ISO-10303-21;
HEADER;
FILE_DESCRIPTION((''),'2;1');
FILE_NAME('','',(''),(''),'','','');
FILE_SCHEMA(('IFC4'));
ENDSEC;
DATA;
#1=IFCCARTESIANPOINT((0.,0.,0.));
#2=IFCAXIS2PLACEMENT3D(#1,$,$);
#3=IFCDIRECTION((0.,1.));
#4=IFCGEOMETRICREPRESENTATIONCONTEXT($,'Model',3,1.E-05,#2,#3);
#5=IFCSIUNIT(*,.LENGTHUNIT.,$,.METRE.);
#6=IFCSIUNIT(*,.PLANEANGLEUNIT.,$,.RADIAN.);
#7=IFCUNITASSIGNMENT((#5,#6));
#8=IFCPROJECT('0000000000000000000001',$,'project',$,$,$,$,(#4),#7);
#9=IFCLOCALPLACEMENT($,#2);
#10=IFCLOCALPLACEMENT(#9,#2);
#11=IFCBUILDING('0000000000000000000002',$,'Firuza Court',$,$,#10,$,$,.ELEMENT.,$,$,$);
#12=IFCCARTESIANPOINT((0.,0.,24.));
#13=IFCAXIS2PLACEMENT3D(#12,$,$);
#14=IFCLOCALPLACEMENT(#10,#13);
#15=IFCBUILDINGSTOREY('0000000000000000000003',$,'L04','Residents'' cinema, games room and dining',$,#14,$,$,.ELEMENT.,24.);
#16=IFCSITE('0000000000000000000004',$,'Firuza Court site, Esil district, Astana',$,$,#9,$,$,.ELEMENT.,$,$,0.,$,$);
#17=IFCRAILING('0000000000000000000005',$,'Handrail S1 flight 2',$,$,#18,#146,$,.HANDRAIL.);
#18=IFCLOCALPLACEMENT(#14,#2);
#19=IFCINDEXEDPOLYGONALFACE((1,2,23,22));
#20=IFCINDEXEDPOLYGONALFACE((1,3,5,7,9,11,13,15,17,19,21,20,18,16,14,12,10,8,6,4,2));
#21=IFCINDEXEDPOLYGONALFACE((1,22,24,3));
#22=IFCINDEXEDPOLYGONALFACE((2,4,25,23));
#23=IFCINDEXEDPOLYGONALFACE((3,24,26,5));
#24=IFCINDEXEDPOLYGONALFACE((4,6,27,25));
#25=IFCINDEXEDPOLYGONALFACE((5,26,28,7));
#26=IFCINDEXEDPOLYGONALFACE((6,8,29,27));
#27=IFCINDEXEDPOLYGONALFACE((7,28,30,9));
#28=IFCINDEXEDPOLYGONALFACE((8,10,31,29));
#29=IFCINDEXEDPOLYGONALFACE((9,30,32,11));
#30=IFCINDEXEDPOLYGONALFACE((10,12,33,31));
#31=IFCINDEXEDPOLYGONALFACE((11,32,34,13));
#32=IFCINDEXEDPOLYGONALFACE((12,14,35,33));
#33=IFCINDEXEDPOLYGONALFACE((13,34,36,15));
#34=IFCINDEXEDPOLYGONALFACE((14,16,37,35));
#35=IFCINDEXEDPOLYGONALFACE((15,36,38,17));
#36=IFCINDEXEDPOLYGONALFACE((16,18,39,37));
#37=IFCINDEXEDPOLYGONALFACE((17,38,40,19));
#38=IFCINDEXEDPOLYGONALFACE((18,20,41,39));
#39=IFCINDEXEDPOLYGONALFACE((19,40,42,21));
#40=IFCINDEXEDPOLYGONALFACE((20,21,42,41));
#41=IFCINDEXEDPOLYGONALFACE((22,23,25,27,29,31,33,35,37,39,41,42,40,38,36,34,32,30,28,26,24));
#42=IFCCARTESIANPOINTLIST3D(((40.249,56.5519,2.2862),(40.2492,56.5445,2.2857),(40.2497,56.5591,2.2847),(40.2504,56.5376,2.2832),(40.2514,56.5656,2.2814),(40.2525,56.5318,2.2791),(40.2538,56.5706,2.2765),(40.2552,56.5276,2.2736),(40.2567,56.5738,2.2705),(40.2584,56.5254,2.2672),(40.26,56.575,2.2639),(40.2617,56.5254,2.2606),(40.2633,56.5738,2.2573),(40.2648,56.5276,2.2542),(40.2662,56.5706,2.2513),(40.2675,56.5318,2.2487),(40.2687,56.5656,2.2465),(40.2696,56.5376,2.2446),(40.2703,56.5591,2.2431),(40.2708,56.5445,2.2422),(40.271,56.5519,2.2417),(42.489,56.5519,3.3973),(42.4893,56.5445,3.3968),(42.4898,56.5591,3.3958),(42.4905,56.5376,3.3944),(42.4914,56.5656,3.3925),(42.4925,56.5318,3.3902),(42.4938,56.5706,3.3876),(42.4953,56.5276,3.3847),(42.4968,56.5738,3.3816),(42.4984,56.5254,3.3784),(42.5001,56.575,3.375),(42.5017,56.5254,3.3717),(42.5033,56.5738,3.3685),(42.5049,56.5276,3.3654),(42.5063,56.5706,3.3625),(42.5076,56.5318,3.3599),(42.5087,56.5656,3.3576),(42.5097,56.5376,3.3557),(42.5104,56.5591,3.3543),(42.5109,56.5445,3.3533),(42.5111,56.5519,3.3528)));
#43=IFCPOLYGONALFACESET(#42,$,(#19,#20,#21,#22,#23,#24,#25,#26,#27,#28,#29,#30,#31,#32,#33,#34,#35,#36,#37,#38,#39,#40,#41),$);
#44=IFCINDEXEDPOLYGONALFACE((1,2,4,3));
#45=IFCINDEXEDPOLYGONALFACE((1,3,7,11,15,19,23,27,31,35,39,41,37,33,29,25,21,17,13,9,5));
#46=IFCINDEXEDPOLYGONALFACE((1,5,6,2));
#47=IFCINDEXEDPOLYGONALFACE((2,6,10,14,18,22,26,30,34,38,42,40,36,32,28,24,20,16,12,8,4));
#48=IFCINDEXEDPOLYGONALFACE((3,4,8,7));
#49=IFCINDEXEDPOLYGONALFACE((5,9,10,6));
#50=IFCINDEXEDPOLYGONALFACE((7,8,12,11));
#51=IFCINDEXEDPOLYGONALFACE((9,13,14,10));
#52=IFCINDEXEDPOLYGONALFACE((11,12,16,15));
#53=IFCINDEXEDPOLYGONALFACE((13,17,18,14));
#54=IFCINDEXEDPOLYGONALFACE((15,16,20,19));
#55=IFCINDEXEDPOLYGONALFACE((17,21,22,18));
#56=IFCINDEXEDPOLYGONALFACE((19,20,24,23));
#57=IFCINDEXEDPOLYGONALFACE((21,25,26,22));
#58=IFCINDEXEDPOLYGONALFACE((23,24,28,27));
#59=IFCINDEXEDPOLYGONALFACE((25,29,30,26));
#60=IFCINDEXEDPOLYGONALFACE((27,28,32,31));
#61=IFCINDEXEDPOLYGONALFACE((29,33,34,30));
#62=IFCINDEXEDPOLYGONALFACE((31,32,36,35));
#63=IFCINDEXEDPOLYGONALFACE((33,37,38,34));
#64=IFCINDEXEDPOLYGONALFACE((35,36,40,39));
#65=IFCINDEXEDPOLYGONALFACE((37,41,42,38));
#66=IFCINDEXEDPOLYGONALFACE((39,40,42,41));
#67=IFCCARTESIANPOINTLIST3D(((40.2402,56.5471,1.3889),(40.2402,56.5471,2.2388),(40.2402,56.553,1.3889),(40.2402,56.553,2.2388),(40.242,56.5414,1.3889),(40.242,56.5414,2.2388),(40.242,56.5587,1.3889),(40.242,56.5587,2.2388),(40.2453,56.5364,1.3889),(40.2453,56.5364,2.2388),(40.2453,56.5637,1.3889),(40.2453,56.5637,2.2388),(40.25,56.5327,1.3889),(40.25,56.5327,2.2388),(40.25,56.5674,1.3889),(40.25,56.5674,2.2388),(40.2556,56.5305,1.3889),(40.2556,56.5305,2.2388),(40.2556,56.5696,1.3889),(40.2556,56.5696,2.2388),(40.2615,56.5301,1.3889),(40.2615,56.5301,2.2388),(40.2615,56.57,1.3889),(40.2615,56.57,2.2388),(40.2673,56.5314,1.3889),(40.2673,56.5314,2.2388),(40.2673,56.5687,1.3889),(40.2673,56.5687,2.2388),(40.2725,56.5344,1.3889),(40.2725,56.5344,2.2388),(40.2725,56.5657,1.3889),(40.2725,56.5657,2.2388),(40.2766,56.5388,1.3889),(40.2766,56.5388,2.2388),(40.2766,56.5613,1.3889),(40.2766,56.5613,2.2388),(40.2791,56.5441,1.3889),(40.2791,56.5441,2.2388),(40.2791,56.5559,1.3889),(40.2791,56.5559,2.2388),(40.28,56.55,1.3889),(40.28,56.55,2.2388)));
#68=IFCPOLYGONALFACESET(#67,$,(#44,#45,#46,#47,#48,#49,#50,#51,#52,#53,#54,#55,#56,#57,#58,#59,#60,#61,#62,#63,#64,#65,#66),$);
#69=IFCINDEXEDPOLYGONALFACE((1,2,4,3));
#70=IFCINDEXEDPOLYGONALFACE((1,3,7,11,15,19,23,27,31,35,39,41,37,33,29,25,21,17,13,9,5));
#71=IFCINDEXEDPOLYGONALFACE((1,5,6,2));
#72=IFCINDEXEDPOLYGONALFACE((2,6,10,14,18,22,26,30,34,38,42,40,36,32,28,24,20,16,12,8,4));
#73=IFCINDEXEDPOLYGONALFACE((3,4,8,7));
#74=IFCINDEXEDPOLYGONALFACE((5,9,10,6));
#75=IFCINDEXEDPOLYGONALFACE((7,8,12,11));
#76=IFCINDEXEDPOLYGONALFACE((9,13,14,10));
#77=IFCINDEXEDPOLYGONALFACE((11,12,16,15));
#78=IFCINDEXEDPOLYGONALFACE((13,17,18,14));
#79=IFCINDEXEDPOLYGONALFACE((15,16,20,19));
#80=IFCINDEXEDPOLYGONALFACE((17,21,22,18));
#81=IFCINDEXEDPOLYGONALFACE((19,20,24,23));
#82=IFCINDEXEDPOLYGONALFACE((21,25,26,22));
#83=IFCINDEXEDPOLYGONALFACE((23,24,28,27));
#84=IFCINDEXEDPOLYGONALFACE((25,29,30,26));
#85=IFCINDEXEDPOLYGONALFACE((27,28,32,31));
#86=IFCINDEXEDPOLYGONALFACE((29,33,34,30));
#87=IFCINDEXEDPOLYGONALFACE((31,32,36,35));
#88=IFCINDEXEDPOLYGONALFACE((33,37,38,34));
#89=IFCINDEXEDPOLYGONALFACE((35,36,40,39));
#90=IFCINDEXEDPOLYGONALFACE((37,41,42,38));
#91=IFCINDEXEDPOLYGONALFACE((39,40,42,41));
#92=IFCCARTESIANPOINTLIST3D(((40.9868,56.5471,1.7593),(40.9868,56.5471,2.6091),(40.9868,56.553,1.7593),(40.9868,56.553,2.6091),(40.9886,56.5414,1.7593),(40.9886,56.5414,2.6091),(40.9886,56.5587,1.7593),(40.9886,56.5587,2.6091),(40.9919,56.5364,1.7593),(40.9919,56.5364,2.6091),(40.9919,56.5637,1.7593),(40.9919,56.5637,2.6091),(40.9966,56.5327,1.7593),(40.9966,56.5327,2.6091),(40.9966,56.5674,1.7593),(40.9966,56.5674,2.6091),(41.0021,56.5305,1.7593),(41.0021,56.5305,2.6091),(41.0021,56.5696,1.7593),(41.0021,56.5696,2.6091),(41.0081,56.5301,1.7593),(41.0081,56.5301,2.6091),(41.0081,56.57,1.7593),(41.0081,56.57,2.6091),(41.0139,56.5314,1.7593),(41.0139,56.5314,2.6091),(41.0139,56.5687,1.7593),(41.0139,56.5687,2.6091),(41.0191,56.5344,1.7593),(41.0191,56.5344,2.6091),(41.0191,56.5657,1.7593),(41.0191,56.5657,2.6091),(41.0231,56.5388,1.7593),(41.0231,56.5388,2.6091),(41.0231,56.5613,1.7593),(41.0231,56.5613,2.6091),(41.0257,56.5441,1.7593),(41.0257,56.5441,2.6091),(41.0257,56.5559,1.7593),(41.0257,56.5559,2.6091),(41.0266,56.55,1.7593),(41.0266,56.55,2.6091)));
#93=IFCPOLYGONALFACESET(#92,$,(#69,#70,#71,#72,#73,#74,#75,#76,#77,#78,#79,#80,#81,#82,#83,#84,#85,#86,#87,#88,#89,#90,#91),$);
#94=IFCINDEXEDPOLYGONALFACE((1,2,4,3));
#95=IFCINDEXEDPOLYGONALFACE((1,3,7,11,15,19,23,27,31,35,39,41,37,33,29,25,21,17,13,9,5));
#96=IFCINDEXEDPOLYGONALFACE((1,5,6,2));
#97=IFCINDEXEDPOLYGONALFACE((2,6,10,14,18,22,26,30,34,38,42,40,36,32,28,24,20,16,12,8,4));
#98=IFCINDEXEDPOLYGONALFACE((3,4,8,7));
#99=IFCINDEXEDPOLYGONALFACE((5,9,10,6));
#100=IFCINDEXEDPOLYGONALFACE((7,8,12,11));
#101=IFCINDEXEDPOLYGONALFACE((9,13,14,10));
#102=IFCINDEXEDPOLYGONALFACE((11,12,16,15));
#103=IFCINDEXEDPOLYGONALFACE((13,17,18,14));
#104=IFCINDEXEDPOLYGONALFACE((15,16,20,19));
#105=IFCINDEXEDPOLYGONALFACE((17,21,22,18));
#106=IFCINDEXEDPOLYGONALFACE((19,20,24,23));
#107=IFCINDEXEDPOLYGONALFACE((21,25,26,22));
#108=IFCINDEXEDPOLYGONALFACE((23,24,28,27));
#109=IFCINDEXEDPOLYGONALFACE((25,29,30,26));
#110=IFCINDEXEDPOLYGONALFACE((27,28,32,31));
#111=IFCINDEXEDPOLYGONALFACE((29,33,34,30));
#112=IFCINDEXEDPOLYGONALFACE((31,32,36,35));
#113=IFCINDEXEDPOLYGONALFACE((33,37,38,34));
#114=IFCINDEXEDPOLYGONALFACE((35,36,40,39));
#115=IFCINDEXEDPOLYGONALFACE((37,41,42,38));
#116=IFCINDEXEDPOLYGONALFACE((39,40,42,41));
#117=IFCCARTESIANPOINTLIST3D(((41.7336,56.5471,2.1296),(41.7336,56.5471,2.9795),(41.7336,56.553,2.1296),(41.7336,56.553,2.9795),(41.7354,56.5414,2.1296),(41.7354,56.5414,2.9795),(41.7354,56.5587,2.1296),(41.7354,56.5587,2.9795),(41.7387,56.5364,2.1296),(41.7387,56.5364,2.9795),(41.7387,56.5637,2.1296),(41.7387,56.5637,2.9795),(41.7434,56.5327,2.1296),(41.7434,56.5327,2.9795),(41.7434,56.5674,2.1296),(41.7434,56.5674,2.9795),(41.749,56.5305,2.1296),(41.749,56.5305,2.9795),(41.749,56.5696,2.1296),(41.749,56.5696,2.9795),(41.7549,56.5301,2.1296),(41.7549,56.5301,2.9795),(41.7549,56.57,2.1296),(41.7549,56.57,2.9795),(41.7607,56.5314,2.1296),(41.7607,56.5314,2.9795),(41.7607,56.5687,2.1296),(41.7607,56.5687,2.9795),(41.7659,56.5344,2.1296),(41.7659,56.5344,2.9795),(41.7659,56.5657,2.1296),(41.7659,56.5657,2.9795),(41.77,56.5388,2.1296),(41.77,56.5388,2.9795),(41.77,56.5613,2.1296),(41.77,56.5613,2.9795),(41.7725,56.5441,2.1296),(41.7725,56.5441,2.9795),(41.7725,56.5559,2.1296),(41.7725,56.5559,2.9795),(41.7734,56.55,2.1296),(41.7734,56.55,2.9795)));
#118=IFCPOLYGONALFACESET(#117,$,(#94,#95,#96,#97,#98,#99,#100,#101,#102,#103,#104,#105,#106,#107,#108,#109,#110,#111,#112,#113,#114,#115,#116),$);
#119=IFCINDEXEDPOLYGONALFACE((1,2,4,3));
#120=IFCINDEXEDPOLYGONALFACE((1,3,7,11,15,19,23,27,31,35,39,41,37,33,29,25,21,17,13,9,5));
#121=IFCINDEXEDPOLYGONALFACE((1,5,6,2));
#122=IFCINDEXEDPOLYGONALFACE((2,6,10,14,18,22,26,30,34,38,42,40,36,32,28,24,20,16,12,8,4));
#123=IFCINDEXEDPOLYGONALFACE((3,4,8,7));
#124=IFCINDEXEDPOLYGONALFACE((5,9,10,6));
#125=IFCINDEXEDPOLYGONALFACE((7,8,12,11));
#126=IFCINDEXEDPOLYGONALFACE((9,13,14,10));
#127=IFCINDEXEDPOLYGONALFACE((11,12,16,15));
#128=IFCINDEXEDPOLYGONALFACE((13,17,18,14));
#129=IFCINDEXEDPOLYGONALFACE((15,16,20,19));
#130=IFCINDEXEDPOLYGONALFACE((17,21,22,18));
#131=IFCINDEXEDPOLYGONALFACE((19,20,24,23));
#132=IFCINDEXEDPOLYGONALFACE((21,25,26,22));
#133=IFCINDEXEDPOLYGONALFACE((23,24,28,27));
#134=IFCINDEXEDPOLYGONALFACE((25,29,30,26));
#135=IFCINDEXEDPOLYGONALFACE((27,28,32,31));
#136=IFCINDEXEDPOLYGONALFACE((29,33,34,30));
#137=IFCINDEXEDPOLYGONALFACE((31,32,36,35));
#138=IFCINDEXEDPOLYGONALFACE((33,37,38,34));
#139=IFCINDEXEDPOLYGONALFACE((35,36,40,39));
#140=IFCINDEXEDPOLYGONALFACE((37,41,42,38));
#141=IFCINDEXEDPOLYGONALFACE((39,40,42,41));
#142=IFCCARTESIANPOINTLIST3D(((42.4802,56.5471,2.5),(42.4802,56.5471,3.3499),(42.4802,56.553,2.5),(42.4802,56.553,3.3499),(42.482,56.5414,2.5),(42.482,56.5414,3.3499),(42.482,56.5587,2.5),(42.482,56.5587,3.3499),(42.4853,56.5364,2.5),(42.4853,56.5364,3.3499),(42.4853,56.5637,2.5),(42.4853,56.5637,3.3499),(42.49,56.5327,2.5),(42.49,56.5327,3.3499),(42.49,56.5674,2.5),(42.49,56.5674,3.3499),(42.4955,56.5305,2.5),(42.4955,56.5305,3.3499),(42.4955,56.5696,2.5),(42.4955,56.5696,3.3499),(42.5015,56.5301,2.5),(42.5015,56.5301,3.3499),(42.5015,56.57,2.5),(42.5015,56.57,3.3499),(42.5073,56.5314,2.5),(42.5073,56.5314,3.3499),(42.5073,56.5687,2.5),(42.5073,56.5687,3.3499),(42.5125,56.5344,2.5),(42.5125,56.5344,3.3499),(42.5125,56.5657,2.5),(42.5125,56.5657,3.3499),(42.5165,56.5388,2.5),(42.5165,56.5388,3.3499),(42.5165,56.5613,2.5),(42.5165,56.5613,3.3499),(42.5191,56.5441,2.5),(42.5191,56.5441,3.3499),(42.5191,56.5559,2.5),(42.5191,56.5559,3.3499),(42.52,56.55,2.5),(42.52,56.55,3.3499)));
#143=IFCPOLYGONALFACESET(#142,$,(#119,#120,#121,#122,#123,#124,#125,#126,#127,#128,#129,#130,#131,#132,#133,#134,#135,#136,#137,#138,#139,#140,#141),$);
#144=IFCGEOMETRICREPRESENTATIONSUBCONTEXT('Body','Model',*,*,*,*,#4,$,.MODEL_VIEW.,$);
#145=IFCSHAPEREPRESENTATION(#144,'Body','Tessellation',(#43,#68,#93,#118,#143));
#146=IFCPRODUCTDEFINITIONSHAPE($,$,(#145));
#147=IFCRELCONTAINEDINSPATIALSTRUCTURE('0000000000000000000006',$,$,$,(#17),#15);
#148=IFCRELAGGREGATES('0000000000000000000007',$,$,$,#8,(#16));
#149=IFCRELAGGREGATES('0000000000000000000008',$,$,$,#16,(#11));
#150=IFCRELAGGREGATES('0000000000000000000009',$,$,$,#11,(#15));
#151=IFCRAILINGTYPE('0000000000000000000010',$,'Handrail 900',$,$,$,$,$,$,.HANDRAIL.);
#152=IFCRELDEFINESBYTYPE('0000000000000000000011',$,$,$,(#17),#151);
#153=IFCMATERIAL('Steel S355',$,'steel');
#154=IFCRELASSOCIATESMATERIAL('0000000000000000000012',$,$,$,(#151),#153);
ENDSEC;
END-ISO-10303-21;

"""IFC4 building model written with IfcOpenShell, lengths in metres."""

from ifc_helpers import new_model, si_unit, direction, frame, origin, origin_2d, place, context, subcontext, project, spatial, circle, extrude, material, type_object, element, save


model = new_model("IFC4")

# Units and contexts
model_context = context("Model", 3, precision=1e-05, world=origin(), true_north=direction((0.0, 1.0)))
body_context = subcontext(model_context, "Body", "Model", "MODEL_VIEW")
ifc_project = project(units=[si_unit("LENGTHUNIT", "METRE"), si_unit("PLANEANGLEUNIT", "RADIAN")], contexts=[model_context])

# Site, building, storey
site_placement = place(None, origin())
site = spatial("IfcSite", under=ifc_project, at=site_placement, Name="Firuza Court site, Esil district, Astana", CompositionType="ELEMENT", RefElevation=0.0)
building_placement = place(site_placement, origin())
building = spatial("IfcBuilding", under=site, at=building_placement, Name="Firuza Court", CompositionType="ELEMENT")
storey_placement = place(building_placement, frame((0.0, 0.0, 24.0)))
storey = spatial("IfcBuildingStorey", under=building, at=storey_placement, Name="L04", Description="Residents' cinema, games room and dining", CompositionType="ELEMENT", Elevation=24.0)

# Railing
ifc_material_1 = material(Name="Steel S355", Category="steel")
railing_type = type_object("IfcRailingType", Name="Handrail 900", PredefinedType="HANDRAIL", material=ifc_material_1)
for number, where, name in (
    (1, (40.26, 56.55, 1.3889), "Handrail S1 flight 2"),
):
    element("IfcRailing", number, at=place(storey_placement, frame(where)), inside=storey, type_object=railing_type, Name=name, PredefinedType="HANDRAIL", context=body_context, shape_type="SweptSolid", body=[
        extrude(circle(Radius=0.0249, at=origin_2d()), frame((0.0, 0.0, 0.875), z_axis=(0.895848, 0.0, 0.44436), x_axis=(0.0, 1.0, 0.0)), (0.0, 0.0, 1.0), 2.5005),
        extrude(circle(Radius=0.02, at=origin_2d()), origin(), (0.0, 0.0, 1.0), 0.8499),
        extrude(circle(Radius=0.02, at=origin_2d()), frame((0.7466, 0.0, 0.3704)), (0.0, 0.0, 1.0), 0.8499),
        extrude(circle(Radius=0.02, at=origin_2d()), frame((1.4934, 0.0, 0.7407)), (0.0, 0.0, 1.0), 0.8499),
        extrude(circle(Radius=0.02, at=origin_2d()), frame((2.24, 0.0, 1.1111)), (0.0, 0.0, 1.0), 0.8499),
    ])

save(model, "model.ifc")
